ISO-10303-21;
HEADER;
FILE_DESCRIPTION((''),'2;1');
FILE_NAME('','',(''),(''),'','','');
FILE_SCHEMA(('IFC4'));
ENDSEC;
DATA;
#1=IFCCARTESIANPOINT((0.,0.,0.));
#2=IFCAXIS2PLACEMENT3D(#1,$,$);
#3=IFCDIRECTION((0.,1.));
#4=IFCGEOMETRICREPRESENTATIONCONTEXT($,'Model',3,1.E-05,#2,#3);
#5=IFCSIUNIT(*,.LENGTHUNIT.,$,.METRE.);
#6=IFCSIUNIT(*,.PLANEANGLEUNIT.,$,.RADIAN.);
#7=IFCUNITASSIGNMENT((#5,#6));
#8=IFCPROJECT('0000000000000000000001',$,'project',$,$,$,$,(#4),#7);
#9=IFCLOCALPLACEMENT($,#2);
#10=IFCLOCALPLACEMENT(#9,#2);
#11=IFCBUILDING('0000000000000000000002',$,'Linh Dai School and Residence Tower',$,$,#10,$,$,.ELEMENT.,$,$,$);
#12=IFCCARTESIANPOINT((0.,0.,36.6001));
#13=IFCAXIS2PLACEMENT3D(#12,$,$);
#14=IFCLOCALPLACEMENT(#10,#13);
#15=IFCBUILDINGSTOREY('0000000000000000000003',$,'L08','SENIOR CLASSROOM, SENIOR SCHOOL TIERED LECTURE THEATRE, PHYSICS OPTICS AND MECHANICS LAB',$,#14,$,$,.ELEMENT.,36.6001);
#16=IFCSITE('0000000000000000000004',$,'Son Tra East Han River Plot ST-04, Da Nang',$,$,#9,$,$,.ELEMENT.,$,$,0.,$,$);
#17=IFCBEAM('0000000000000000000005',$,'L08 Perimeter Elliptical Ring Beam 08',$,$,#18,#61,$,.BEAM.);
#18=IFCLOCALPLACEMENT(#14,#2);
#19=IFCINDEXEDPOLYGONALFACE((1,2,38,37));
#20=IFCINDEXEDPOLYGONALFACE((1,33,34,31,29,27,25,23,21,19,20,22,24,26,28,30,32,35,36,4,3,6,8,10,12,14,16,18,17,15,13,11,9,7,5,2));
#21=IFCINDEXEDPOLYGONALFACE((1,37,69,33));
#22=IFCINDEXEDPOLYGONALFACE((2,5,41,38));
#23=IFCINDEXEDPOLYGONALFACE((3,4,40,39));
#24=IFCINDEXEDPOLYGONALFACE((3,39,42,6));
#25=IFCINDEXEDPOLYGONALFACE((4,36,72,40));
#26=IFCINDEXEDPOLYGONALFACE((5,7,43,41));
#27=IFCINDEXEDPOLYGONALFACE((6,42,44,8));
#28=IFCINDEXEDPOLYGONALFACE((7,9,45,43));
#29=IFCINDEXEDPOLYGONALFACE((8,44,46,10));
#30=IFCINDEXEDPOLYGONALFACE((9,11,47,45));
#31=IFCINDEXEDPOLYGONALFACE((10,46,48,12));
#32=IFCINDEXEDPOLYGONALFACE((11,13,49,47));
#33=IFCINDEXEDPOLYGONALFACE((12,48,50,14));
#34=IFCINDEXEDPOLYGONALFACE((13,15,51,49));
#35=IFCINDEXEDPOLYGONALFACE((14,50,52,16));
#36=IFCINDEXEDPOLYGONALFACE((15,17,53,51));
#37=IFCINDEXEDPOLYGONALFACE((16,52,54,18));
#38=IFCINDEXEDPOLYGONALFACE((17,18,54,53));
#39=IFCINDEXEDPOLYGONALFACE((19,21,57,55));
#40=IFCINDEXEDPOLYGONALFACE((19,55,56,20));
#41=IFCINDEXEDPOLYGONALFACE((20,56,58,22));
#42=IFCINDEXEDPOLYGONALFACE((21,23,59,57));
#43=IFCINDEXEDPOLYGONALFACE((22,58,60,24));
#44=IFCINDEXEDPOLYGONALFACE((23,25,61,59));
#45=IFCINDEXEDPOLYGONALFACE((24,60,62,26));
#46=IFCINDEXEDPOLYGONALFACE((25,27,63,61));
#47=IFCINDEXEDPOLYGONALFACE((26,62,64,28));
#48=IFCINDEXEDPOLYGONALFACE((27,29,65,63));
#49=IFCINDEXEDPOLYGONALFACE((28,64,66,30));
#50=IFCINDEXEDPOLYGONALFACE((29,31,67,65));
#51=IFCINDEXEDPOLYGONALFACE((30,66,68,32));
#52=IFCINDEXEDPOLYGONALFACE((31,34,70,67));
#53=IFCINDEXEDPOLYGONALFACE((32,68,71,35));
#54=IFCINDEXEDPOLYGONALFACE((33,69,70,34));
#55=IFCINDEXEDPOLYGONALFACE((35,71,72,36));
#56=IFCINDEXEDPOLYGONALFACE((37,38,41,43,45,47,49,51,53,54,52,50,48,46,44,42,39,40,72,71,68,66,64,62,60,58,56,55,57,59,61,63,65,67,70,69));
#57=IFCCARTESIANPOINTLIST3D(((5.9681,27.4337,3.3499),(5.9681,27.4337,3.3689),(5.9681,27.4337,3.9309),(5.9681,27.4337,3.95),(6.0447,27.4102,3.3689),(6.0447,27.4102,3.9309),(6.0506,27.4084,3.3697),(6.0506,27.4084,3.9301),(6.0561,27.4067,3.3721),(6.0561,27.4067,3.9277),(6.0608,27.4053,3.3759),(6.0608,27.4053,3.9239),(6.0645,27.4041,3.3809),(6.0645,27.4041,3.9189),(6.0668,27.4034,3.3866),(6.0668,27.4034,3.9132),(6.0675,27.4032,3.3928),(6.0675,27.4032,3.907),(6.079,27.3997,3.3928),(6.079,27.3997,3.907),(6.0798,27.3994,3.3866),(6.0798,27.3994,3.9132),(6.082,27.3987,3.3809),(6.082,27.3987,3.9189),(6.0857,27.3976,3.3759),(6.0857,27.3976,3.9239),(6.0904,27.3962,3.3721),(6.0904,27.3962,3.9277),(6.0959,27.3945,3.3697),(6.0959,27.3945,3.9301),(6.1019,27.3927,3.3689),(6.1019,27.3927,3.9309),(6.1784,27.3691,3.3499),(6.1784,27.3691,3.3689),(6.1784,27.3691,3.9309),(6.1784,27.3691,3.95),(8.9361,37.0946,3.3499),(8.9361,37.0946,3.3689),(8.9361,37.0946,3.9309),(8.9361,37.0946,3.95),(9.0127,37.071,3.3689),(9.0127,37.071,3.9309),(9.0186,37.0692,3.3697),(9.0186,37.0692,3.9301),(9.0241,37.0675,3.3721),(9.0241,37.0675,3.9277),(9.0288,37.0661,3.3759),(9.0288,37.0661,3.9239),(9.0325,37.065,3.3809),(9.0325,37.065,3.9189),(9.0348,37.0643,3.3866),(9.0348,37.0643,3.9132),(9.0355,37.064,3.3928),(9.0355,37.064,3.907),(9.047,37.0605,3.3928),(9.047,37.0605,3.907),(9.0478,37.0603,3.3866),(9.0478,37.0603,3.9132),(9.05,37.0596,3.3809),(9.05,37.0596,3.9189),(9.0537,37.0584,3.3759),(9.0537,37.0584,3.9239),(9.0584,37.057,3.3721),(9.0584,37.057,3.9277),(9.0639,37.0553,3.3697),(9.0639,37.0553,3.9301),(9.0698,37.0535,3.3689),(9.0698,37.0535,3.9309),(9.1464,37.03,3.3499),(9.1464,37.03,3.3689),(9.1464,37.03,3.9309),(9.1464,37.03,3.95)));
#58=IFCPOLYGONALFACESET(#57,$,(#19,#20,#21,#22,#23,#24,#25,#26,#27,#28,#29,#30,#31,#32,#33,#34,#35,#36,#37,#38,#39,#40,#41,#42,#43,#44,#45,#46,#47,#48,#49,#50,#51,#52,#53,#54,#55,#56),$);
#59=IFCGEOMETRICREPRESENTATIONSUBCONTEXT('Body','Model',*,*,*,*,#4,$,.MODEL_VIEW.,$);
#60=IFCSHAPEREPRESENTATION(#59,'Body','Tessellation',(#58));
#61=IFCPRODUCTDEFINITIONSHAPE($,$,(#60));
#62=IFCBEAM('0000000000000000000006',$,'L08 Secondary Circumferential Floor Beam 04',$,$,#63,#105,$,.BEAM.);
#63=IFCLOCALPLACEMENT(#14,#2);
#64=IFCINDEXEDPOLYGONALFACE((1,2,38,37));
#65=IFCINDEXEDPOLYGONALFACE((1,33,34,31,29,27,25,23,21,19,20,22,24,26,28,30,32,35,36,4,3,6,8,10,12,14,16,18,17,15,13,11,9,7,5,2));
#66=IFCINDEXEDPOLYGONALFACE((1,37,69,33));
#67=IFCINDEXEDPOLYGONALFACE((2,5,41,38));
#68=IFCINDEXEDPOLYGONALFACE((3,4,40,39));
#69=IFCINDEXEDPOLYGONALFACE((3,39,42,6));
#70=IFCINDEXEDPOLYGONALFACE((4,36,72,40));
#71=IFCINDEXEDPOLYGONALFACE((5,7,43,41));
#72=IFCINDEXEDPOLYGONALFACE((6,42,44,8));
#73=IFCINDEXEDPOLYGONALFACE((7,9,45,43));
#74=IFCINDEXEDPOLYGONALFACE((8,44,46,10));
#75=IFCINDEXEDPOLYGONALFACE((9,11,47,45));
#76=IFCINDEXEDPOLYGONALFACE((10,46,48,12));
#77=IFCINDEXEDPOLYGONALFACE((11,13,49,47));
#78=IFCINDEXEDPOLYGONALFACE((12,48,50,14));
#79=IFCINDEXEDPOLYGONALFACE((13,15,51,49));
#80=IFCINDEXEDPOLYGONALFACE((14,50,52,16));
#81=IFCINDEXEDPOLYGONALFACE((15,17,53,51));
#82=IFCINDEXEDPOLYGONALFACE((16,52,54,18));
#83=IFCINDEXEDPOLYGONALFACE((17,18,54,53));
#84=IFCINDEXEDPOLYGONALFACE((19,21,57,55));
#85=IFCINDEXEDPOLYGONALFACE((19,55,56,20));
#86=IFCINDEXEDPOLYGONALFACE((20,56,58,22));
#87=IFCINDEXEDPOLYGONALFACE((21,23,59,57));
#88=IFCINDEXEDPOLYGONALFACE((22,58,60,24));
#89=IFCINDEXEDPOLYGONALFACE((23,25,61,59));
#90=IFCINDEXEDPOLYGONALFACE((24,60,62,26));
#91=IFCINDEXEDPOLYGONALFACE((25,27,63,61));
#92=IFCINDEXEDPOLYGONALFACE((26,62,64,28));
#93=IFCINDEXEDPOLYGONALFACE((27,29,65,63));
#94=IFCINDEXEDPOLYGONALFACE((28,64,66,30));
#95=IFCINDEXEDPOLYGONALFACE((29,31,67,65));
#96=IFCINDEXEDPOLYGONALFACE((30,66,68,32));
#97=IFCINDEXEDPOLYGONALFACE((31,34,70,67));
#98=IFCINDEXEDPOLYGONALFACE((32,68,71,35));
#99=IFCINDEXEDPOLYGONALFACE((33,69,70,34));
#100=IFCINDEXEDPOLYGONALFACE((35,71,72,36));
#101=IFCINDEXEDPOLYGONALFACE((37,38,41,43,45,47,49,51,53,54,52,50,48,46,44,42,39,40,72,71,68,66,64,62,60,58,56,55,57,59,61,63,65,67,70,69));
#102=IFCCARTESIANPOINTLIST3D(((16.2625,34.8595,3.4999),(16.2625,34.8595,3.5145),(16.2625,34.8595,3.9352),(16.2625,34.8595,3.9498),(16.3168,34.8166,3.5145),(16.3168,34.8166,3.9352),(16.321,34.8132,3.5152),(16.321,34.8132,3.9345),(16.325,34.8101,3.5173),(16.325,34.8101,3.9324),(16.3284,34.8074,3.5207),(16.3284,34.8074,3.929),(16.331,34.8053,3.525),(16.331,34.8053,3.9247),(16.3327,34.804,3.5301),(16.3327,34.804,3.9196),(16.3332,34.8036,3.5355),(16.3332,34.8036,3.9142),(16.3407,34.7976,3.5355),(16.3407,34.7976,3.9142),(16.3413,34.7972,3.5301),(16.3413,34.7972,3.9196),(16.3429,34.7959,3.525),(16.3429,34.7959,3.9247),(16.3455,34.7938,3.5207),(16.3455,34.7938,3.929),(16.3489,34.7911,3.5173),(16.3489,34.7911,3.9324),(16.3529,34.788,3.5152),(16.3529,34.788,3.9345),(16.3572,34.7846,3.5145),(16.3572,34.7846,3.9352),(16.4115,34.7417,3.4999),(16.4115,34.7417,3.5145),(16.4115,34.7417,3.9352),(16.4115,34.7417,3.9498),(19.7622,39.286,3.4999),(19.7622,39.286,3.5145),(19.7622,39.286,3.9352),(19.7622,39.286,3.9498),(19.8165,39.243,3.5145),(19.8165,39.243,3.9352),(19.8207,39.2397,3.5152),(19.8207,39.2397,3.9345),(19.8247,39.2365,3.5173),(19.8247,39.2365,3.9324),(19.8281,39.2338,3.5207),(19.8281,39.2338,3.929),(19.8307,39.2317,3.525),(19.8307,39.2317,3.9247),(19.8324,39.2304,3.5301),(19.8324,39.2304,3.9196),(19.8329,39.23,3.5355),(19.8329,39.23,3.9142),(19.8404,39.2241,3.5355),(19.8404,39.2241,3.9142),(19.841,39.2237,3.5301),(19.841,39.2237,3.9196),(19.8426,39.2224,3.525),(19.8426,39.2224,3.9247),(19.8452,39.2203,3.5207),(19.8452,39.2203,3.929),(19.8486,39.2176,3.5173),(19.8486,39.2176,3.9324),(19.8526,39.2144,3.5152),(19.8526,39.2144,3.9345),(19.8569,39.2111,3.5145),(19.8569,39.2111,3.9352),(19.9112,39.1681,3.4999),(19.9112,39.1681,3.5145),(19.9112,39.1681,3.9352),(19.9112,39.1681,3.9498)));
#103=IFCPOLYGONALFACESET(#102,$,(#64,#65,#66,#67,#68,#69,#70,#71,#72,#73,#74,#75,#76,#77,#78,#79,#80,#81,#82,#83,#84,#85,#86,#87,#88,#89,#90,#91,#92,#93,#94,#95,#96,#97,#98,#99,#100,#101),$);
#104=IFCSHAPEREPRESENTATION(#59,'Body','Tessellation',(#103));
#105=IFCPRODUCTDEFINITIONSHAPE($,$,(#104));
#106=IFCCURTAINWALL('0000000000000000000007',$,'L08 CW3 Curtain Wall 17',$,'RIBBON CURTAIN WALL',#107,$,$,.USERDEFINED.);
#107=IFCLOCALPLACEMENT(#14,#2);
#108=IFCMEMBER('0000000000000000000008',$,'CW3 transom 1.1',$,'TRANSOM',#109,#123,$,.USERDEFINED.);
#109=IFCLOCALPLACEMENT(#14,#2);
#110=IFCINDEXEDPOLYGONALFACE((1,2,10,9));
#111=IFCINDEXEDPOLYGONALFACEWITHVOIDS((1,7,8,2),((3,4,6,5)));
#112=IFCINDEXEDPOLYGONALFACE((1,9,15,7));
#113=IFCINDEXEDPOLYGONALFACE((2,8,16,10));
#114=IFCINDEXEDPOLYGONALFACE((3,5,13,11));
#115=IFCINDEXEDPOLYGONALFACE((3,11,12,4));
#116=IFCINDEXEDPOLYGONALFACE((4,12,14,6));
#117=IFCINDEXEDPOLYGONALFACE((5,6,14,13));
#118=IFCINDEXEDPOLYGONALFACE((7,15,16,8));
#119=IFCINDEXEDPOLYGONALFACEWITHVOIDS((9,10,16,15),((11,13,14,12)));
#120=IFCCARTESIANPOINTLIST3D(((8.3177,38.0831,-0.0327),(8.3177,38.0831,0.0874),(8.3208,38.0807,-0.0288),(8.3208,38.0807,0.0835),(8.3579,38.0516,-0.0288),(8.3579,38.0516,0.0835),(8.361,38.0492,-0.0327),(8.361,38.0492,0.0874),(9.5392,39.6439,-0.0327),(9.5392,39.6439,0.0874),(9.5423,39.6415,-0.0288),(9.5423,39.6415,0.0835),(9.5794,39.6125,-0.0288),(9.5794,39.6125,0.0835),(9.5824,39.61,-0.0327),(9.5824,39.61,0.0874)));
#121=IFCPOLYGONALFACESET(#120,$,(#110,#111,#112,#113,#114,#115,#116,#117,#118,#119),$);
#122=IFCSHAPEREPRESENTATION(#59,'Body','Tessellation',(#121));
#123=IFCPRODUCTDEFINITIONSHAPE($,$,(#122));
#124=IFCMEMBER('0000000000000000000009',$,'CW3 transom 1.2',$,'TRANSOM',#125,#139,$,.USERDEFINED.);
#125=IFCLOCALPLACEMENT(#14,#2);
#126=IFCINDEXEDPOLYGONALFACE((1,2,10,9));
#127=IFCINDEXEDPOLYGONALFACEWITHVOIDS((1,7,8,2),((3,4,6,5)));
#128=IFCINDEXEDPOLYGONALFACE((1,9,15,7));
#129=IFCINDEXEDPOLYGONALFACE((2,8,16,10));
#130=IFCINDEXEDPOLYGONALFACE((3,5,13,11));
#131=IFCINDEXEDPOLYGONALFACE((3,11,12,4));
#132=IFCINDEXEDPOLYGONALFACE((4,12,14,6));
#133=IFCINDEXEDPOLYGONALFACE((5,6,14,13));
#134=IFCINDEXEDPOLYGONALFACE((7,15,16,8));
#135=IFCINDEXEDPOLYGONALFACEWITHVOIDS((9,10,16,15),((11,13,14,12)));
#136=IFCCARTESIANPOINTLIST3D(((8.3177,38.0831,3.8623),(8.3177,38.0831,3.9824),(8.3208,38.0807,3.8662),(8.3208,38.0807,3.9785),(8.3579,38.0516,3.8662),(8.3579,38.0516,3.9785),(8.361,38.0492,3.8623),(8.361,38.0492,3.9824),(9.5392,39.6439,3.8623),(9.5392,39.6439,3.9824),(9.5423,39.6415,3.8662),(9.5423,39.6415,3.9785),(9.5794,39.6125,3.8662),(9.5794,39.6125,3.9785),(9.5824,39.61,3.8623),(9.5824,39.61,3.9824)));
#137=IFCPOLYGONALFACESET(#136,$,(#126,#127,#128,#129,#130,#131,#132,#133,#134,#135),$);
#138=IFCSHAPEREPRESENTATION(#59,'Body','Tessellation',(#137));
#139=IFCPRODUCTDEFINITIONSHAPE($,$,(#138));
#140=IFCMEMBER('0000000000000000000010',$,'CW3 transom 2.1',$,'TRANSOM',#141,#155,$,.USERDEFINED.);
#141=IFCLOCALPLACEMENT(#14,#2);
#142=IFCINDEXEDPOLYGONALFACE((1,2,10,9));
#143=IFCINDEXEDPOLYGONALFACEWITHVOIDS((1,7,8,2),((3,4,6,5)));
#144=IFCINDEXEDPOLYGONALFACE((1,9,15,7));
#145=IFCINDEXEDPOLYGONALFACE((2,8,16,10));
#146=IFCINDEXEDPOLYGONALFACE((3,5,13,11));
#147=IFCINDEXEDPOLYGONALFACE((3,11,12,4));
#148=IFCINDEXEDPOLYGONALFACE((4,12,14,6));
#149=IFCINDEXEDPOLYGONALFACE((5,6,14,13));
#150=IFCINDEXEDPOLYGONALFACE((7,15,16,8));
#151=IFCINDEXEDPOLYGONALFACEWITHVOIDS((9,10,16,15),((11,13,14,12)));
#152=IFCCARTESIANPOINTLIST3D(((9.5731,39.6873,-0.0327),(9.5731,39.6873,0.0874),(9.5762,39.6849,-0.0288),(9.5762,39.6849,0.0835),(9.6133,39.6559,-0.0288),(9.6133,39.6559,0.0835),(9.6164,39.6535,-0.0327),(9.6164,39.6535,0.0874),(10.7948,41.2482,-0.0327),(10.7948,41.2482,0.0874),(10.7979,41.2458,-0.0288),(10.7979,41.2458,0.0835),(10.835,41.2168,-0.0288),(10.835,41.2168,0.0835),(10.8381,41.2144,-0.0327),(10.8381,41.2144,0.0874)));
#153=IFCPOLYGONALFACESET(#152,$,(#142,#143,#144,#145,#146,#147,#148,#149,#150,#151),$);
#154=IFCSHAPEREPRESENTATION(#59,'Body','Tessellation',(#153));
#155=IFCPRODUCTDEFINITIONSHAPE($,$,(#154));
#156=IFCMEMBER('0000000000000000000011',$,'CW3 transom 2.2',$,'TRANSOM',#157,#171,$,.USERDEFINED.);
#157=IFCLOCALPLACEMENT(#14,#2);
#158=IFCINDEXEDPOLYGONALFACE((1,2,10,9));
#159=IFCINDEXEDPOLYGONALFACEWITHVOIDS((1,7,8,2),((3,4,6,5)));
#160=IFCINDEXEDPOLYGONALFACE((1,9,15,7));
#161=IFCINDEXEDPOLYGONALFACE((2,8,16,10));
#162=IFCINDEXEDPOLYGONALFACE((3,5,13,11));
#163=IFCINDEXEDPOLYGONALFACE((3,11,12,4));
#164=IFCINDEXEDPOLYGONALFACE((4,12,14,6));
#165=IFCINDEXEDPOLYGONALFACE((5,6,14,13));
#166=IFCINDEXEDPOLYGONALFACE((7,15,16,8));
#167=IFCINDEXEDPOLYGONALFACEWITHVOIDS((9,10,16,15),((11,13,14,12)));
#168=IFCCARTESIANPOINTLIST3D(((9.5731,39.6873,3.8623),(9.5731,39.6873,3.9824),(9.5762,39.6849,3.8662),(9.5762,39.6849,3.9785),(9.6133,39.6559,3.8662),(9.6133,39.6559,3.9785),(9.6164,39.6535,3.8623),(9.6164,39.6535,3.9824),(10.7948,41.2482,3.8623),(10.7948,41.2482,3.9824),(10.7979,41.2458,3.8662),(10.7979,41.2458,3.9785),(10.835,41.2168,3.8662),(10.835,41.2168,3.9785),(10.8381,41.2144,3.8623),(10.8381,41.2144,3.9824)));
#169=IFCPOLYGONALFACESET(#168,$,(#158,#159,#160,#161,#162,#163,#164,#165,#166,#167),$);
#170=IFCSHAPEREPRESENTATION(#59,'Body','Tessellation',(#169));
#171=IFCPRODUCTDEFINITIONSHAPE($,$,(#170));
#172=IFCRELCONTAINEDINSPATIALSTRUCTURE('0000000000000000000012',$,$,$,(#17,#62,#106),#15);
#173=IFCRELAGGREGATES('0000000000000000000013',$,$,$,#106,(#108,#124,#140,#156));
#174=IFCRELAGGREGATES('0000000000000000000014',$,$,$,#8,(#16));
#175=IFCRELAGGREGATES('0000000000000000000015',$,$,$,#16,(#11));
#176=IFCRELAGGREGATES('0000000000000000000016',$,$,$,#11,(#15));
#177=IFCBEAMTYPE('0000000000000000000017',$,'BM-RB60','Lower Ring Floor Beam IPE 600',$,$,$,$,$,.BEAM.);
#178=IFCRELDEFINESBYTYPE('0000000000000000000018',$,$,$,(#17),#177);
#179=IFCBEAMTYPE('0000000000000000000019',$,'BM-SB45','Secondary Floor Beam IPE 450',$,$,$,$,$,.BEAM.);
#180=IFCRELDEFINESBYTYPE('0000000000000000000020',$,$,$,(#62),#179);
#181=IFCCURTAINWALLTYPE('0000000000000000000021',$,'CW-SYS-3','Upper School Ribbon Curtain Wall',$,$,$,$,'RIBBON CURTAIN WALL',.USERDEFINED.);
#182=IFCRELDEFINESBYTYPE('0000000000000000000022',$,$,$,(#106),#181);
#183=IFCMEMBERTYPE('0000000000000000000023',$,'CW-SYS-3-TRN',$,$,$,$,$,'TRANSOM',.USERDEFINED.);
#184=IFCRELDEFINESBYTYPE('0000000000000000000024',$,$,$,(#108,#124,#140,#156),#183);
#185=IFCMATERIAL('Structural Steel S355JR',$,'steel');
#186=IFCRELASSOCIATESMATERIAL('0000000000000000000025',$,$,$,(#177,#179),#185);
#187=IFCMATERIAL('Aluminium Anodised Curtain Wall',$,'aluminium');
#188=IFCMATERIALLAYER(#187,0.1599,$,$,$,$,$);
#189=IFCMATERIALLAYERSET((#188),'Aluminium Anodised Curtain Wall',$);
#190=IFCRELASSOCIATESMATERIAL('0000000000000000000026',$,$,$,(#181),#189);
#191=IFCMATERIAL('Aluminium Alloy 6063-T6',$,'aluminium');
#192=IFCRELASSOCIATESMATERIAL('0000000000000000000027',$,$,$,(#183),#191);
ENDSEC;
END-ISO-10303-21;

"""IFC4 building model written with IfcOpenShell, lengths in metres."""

from ifc_helpers import new_model, si_unit, direction, frame, origin, origin_2d, place, context, subcontext, project, spatial, hollow_rectangle, i_section, extrude, source, transform, mapped, material, layer, layer_set, material_profile, profile_set, type_object, element, aggregate, save


model = new_model("IFC4")

# Units and contexts
model_context = context("Model", 3, precision=1e-05, world=origin(), true_north=direction((0.0, 1.0)))
body_context = subcontext(model_context, "Body", "Model", "MODEL_VIEW")
ifc_project = project(units=[si_unit("LENGTHUNIT", "METRE"), si_unit("PLANEANGLEUNIT", "RADIAN")], contexts=[model_context])

# Site, building, storey
site_placement = place(None, origin())
site = spatial("IfcSite", under=ifc_project, at=site_placement, Name="Son Tra East Han River Plot ST-04, Da Nang", CompositionType="ELEMENT", RefElevation=0.0)
building_placement = place(site_placement, origin())
building = spatial("IfcBuilding", under=site, at=building_placement, Name="Linh Dai School and Residence Tower", CompositionType="ELEMENT")
storey_placement = place(building_placement, frame((0.0, 0.0, 36.6001)))
storey = spatial("IfcBuildingStorey", under=building, at=storey_placement, Name="L08", Description="SENIOR CLASSROOM, SENIOR SCHOOL TIERED LECTURE THEATRE, PHYSICS OPTICS AND MECHANICS LAB", CompositionType="ELEMENT", Elevation=36.6001)

# Shared definitions
ifc_material_1 = material(Name="Structural Steel S355JR", Category="steel")

# Beams
ifc_material_profile_1 = material_profile(ifc_material_1, i_section(OverallWidth=0.22, OverallDepth=0.6001, WebThickness=0.012, FlangeThickness=0.019, FilletRadius=0.0239, at=origin_2d()), Name="IPE 600")
ifc_profile_set_1 = profile_set([ifc_material_profile_1], Name="Structural Steel S355JR")
beam_type_1 = type_object("IfcBeamType", Name="BM-RB60", Description="Lower Ring Floor Beam IPE 600", PredefinedType="BEAM", material=ifc_profile_set_1)
beam_1_placement = place(storey_placement, frame((9.0413, 37.0623, 3.6499), z_axis=(-0.293673, -0.955906, 0.0), x_axis=(0.955906, -0.293673, 0.0)))
element("IfcBeam", 1, at=beam_1_placement, inside=storey, type_object=beam_type_1, Name="L08 Perimeter Elliptical Ring Beam 08", PredefinedType="BEAM", context=body_context, shape_type="SweptSolid", body=[
    extrude(i_section(OverallWidth=0.22, OverallDepth=0.6001, WebThickness=0.012, FlangeThickness=0.019, FilletRadius=0.0239, at=origin_2d()), origin(), (0.0, 0.0, 1.0), 10.1064),
])
ifc_material_profile_2 = material_profile(ifc_material_1, i_section(OverallWidth=0.1899, OverallDepth=0.45, WebThickness=0.0095, FlangeThickness=0.0146, FilletRadius=0.021, at=origin_2d()), Name="IPE 450")
ifc_profile_set_2 = profile_set([ifc_material_profile_2], Name="Structural Steel S355JR")
beam_type_2 = type_object("IfcBeamType", Name="BM-SB45", Description="Secondary Floor Beam IPE 450", PredefinedType="BEAM", material=ifc_profile_set_2)
beam_2_placement = place(storey_placement, frame((19.8367, 39.2271, 3.7249), z_axis=(-0.620205, -0.78444, 0.0), x_axis=(0.78444, -0.620205, 0.0)))
element("IfcBeam", 2, at=beam_2_placement, inside=storey, type_object=beam_type_2, Name="L08 Secondary Circumferential Floor Beam 04", PredefinedType="BEAM", context=body_context, shape_type="SweptSolid", body=[
    extrude(i_section(OverallWidth=0.1899, OverallDepth=0.45, WebThickness=0.0095, FlangeThickness=0.0146, FilletRadius=0.021, at=origin_2d()), origin(), (0.0, 0.0, 1.0), 5.6428),
])

# Curtain wall, members
ifc_material_2 = material(Name="Aluminium Anodised Curtain Wall", Category="aluminium")
ifc_layer_1 = layer(ifc_material_2, 0.1599)
ifc_layer_set_1 = layer_set([ifc_layer_1], Name="Aluminium Anodised Curtain Wall")
curtain_wall_type = type_object("IfcCurtainWallType", Name="CW-SYS-3", Description="Upper School Ribbon Curtain Wall", ElementType="RIBBON CURTAIN WALL", PredefinedType="USERDEFINED", material=ifc_layer_set_1)
curtain_wall_placement = place(storey_placement, origin())
curtain_wall = element("IfcCurtainWall", 3, at=curtain_wall_placement, inside=storey, type_object=curtain_wall_type, Name="L08 CW3 Curtain Wall 17", ObjectType="RIBBON CURTAIN WALL", PredefinedType="USERDEFINED")
ifc_material_3 = material(Name="Aluminium Alloy 6063-T6", Category="aluminium")
ifc_material_profile_3 = material_profile(ifc_material_3, hollow_rectangle(XDim=0.0549, YDim=0.1201, WallThickness=0.0039, at=origin_2d()), Name="RHS 120x55x4")
ifc_profile_set_3 = profile_set([ifc_material_profile_3], Name="Aluminium Alloy 6063-T6")
member_type_1 = type_object("IfcMemberType", Name="CW-SYS-3-TRN", ElementType="TRANSOM", PredefinedType="USERDEFINED", material=ifc_profile_set_3)
shared_shape_1 = source(origin(), body_context, "Body", "SweptSolid", [
    extrude(hollow_rectangle(XDim=0.0549, YDim=0.1201, WallThickness=0.0039, at=origin_2d()), origin(), (0.0, 0.0, 1.0), 1.9819),
])
member_1_placement = place(storey_placement, frame((8.3394, 38.0662, 0.0273), z_axis=(0.616292, 0.787518, 0.0), x_axis=(-0.787518, 0.616292, 0.0)))
member_1 = element("IfcMember", 4, at=member_1_placement, type_object=member_type_1, Name="CW3 transom 1.1", ObjectType="TRANSOM", PredefinedType="USERDEFINED", context=body_context, shape_type="MappedRepresentation", body=[
    mapped(shared_shape_1, transform((0.0, 0.0, 0.0), x_axis=(1.0, 0.0, 0.0), y_axis=(0.0, 1.0, 0.0), z_axis=(0.0, 0.0, 1.0), scale=1.0)),
])
member_2_placement = place(storey_placement, frame((8.3394, 38.0662, 3.9224), z_axis=(0.616292, 0.787518, 0.0), x_axis=(-0.787518, 0.616292, 0.0)))
member_2 = element("IfcMember", 5, at=member_2_placement, type_object=member_type_1, Name="CW3 transom 1.2", ObjectType="TRANSOM", PredefinedType="USERDEFINED", context=body_context, shape_type="MappedRepresentation", body=[
    mapped(shared_shape_1, transform((0.0, 0.0, 0.0), x_axis=(1.0, 0.0, 0.0), y_axis=(0.0, 1.0, 0.0), z_axis=(0.0, 0.0, 1.0), scale=1.0)),
])
shared_shape_2 = source(origin(), body_context, "Body", "SweptSolid", [
    extrude(hollow_rectangle(XDim=0.0549, YDim=0.1201, WallThickness=0.0039, at=origin_2d()), origin(), (0.0, 0.0, 1.0), 1.9822),
])
member_3_placement = place(storey_placement, frame((9.5947, 39.6704, 0.0273), z_axis=(0.616368, 0.787458, 0.0), x_axis=(-0.787458, 0.616368, 0.0)))
member_3 = element("IfcMember", 6, at=member_3_placement, type_object=member_type_1, Name="CW3 transom 2.1", ObjectType="TRANSOM", PredefinedType="USERDEFINED", context=body_context, shape_type="MappedRepresentation", body=[
    mapped(shared_shape_2, transform((0.0, 0.0, 0.0), x_axis=(1.0, 0.0, 0.0), y_axis=(0.0, 1.0, 0.0), z_axis=(0.0, 0.0, 1.0), scale=1.0)),
])
member_4_placement = place(storey_placement, frame((9.5947, 39.6704, 3.9224), z_axis=(0.616368, 0.787458, 0.0), x_axis=(-0.787458, 0.616368, 0.0)))
member_4 = element("IfcMember", 7, at=member_4_placement, type_object=member_type_1, Name="CW3 transom 2.2", ObjectType="TRANSOM", PredefinedType="USERDEFINED", context=body_context, shape_type="MappedRepresentation", body=[
    mapped(shared_shape_2, transform((0.0, 0.0, 0.0), x_axis=(1.0, 0.0, 0.0), y_axis=(0.0, 1.0, 0.0), z_axis=(0.0, 0.0, 1.0), scale=1.0)),
])

aggregate(curtain_wall, [member_1, member_2, member_3, member_4])

save(model, "model.ifc")
